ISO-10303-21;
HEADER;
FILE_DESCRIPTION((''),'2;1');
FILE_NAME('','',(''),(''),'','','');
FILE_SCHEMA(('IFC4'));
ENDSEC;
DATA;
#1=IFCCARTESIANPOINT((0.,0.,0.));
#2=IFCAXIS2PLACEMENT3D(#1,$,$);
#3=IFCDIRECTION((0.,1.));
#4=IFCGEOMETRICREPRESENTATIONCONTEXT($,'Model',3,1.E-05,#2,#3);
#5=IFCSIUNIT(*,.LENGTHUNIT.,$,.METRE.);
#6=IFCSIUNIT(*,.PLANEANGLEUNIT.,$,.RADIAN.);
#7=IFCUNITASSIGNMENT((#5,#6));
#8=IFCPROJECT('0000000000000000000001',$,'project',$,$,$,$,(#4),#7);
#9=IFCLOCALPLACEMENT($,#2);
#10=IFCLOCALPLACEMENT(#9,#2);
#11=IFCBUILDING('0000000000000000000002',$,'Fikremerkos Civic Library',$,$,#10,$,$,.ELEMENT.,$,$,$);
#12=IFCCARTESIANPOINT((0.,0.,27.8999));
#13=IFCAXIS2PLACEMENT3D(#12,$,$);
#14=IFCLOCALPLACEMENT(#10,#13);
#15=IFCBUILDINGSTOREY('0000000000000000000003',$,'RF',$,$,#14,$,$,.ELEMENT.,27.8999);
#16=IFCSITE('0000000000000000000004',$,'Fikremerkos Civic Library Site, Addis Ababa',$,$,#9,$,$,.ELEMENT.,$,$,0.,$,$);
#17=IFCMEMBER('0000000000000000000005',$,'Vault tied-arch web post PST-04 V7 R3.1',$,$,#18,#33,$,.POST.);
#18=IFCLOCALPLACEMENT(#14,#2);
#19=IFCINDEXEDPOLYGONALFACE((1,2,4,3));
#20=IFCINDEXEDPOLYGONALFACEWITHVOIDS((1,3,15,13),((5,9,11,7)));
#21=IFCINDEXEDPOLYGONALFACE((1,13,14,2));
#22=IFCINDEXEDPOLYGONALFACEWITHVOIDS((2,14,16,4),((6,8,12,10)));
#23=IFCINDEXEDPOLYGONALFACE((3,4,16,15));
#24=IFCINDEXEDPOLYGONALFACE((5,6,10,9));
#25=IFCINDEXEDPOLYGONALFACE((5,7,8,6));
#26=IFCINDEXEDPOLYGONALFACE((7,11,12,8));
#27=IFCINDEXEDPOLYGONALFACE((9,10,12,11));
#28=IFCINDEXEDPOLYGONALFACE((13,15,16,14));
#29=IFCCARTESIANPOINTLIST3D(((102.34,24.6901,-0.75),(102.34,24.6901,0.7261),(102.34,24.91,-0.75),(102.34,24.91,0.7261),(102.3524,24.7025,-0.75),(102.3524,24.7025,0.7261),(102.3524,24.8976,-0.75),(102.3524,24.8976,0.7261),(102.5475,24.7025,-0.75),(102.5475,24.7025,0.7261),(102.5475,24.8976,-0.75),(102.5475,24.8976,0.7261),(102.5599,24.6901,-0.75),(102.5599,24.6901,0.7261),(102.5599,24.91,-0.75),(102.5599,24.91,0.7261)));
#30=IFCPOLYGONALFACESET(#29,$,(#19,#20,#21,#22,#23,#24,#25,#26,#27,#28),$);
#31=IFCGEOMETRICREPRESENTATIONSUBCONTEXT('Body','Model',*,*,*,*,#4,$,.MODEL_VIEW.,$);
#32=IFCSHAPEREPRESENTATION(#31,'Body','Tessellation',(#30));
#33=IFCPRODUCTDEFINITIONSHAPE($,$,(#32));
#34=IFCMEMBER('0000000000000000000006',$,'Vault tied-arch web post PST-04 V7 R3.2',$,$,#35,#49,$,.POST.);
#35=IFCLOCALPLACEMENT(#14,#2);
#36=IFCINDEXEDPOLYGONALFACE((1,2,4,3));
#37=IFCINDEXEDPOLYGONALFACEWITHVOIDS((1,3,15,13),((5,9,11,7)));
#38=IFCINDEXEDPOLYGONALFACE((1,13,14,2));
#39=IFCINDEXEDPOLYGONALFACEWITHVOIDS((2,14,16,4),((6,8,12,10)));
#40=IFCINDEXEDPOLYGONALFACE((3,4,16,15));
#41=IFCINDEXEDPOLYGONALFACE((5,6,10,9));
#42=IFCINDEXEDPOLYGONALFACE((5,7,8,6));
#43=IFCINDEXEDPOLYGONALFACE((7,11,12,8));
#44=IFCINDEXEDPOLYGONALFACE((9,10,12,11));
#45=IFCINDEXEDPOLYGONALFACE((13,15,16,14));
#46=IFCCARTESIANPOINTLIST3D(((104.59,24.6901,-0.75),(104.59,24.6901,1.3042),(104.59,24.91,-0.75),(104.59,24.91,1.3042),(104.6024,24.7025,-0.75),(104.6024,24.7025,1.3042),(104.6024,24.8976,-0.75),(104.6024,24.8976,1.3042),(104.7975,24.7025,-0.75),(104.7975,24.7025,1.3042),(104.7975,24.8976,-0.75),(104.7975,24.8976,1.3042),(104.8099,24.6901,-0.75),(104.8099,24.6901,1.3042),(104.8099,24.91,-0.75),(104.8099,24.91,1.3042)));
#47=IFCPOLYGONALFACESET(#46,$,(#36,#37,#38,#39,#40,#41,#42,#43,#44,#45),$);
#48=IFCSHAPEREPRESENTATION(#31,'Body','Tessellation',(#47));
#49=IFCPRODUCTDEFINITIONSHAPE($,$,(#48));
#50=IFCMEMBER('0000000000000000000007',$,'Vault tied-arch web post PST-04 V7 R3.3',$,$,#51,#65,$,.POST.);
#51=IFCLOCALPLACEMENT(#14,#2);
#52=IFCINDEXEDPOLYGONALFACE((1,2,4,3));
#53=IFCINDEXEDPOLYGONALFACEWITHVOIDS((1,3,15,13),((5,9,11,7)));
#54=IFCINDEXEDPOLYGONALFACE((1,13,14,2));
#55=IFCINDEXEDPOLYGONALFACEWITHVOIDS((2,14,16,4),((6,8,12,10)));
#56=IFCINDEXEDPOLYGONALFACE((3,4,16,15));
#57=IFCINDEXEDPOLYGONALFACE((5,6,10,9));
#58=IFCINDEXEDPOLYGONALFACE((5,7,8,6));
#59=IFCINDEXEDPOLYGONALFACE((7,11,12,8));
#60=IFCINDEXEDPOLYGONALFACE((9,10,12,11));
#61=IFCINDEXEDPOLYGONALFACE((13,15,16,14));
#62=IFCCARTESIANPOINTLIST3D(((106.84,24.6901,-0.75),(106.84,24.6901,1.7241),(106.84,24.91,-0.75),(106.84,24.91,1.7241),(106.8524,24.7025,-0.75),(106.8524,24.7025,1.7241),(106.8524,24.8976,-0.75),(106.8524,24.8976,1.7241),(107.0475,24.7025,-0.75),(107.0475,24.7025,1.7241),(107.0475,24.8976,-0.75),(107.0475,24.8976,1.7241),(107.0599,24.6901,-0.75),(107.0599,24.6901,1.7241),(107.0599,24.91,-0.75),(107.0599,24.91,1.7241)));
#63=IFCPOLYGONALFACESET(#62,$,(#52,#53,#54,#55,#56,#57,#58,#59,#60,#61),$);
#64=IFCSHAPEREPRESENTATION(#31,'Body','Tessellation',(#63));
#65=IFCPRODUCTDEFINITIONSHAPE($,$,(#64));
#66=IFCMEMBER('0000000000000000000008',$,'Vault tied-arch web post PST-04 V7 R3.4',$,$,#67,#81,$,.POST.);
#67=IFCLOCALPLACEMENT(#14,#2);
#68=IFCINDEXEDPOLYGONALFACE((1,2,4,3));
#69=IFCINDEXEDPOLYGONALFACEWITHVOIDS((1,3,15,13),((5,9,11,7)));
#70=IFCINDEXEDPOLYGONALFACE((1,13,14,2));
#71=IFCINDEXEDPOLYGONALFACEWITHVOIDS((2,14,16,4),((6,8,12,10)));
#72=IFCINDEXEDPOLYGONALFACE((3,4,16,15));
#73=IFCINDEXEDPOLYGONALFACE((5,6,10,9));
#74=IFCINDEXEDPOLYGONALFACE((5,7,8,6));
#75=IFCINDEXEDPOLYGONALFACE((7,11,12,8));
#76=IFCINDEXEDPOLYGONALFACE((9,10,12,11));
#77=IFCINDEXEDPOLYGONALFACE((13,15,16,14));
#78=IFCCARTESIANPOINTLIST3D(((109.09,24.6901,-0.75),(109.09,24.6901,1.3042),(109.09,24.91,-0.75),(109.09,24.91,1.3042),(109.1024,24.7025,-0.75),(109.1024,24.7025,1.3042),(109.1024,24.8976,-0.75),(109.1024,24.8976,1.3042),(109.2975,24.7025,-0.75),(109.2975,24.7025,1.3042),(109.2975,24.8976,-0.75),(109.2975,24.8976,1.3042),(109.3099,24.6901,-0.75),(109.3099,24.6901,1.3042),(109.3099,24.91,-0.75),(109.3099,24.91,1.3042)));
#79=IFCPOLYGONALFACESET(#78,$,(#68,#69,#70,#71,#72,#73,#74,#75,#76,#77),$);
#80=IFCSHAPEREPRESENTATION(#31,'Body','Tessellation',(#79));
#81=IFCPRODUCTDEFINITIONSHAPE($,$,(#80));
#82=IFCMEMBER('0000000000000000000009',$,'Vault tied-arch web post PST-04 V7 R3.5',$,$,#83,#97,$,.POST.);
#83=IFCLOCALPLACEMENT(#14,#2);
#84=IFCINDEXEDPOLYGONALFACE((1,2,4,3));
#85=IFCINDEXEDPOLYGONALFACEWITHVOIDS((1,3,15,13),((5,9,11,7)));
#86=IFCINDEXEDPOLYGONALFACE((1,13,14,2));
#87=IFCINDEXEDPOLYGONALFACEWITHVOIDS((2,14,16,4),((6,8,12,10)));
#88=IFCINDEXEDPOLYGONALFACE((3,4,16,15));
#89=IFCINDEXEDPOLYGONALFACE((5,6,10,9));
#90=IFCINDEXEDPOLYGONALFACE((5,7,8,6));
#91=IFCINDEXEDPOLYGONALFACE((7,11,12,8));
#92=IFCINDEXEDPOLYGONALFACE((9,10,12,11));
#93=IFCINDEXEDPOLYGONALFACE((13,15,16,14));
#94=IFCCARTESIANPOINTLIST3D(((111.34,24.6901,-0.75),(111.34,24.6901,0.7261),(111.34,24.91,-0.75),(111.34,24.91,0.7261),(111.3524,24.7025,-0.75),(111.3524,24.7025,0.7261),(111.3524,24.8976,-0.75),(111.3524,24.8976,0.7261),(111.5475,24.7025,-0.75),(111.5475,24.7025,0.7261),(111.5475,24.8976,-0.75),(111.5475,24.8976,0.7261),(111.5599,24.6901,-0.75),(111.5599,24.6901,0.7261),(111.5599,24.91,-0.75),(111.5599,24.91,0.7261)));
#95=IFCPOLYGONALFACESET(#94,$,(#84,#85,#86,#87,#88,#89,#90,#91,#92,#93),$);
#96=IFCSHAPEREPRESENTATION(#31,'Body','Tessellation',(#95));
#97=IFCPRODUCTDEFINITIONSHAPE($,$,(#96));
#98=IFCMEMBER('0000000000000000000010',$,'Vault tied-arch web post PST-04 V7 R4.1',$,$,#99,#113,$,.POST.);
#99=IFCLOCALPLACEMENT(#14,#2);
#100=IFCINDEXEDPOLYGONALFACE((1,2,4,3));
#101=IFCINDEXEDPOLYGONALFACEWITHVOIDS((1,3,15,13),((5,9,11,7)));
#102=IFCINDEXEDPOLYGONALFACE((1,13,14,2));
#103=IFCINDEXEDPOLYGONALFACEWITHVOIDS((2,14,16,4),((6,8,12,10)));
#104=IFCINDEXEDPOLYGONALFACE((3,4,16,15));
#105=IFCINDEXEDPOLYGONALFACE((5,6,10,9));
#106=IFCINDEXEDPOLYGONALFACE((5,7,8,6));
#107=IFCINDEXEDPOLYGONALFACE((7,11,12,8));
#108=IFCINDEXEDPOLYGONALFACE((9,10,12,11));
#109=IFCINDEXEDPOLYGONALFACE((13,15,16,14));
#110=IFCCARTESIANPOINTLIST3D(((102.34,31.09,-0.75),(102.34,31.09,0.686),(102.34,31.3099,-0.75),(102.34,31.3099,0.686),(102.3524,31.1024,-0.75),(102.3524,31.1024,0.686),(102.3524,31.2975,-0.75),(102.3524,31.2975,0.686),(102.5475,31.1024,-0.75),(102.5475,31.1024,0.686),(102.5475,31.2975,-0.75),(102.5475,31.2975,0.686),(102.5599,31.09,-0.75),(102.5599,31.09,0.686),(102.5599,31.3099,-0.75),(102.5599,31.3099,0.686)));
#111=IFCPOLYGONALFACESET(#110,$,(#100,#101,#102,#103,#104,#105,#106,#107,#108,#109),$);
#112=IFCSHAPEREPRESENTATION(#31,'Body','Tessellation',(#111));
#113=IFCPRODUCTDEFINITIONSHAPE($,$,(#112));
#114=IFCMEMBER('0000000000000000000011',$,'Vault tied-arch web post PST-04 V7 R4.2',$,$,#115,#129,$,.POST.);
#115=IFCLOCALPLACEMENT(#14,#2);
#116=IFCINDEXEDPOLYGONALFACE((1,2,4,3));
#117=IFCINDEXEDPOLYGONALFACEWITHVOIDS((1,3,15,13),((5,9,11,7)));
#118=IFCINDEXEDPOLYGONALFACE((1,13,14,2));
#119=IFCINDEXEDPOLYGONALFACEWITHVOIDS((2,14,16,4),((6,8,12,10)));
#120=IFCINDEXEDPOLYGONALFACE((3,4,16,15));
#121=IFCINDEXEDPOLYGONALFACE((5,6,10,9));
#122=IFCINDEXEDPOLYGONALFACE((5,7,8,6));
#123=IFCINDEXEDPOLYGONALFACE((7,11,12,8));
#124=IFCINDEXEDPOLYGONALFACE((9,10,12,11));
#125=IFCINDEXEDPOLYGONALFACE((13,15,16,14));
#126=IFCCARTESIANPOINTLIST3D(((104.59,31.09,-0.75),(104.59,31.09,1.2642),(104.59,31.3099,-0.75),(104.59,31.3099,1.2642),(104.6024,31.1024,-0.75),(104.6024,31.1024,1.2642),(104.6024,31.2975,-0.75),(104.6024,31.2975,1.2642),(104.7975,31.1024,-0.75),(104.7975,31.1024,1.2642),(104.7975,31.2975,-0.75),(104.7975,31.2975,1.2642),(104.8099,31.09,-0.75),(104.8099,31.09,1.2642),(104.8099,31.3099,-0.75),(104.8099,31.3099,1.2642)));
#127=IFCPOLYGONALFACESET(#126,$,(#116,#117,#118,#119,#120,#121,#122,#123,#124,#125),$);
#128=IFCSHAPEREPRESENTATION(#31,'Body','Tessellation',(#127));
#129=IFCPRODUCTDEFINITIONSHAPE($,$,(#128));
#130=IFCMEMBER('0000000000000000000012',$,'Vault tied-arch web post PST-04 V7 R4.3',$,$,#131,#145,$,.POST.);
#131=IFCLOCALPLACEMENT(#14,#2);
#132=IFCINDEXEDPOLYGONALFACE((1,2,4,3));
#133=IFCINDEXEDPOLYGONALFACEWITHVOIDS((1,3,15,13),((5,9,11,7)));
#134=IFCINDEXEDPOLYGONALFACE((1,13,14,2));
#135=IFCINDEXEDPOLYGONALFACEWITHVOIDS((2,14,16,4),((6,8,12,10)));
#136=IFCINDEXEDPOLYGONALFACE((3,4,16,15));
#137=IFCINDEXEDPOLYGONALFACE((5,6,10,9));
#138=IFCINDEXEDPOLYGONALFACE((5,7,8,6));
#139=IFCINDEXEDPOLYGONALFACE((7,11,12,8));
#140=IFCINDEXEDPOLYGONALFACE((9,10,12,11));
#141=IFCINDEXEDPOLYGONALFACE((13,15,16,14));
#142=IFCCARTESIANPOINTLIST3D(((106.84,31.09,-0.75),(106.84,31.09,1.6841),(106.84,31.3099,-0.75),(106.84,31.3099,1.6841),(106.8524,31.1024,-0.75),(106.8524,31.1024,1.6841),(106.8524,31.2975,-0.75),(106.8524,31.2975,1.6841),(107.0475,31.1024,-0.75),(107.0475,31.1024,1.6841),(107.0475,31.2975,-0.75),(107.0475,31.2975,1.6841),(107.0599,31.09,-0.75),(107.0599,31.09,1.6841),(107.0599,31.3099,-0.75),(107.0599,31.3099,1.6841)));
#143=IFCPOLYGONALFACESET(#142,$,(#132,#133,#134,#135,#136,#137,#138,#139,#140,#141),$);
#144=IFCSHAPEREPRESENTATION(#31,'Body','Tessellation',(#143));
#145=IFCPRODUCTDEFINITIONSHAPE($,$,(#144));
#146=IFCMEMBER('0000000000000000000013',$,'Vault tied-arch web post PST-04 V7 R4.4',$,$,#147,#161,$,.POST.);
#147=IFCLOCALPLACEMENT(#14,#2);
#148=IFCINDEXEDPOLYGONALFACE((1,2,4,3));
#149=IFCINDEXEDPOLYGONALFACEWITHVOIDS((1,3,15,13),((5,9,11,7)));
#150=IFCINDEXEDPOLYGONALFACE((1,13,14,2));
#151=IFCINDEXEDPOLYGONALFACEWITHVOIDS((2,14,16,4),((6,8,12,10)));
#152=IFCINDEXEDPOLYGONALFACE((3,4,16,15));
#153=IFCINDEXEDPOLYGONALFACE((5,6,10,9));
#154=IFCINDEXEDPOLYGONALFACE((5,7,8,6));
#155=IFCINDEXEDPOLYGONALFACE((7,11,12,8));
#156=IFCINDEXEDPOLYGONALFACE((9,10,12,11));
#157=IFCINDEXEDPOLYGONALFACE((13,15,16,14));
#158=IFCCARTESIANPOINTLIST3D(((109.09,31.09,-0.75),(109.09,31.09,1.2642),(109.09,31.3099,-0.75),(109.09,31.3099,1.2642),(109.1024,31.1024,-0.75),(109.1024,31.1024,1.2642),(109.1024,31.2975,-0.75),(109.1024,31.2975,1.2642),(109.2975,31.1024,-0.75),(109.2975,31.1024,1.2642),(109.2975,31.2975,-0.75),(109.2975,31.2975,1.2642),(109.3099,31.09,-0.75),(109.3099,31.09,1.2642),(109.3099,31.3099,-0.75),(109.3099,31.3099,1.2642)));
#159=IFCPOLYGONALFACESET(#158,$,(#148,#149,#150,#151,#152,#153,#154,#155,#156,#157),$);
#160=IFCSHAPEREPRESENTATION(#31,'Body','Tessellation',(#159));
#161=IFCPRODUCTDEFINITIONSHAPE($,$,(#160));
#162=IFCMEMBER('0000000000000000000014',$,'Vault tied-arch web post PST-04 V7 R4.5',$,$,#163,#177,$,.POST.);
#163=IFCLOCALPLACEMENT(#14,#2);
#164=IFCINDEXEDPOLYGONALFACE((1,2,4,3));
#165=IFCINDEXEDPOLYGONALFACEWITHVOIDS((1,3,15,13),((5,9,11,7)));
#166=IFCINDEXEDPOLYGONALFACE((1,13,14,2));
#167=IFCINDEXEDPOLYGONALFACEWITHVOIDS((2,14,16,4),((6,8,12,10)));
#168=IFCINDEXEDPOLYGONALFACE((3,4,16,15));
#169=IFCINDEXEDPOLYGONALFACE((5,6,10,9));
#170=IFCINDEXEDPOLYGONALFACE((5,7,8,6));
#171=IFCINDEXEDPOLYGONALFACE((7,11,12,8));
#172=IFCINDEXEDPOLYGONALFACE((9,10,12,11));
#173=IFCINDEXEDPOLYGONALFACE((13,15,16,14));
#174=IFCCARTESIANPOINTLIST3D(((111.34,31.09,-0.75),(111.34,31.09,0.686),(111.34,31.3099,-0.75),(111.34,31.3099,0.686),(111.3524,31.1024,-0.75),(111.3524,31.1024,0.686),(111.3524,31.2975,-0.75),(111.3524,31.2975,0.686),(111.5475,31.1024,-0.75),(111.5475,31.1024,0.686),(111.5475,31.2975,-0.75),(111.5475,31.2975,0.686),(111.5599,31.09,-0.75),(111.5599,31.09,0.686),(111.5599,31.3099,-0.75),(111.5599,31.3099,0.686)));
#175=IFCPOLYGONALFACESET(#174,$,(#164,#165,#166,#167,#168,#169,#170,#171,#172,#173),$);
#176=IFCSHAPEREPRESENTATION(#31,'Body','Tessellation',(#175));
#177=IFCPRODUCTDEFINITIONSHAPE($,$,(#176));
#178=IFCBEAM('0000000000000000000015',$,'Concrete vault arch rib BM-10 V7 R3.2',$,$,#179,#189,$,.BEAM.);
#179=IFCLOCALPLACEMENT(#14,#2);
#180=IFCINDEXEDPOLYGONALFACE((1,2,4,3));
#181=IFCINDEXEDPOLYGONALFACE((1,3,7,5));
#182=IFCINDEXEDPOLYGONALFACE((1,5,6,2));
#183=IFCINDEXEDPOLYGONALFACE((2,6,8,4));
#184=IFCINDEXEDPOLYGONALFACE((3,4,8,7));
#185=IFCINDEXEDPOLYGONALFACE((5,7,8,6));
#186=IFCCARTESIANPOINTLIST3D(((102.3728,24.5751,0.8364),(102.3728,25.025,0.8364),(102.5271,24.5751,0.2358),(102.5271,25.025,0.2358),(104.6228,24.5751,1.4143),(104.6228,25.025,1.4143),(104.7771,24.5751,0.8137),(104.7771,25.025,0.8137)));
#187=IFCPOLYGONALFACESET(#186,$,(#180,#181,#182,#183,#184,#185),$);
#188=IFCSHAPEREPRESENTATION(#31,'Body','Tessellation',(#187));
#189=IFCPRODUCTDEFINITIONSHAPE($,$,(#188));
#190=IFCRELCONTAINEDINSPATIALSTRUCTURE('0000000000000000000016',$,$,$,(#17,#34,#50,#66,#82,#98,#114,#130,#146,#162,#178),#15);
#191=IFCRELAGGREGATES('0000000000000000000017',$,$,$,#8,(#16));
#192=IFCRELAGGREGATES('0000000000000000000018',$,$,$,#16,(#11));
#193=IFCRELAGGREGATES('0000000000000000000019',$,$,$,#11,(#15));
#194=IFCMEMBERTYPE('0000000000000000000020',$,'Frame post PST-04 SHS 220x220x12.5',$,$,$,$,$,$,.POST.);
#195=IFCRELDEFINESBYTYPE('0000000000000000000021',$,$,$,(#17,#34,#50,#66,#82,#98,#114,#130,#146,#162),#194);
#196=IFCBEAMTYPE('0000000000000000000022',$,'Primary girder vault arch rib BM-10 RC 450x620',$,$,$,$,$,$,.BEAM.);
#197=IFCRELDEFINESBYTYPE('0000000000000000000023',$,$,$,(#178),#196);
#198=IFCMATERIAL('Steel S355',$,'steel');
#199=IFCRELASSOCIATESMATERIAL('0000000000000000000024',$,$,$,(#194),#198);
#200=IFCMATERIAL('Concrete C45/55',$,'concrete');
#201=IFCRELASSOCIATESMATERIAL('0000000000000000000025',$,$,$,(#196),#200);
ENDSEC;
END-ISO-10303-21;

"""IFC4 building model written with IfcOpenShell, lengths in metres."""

from ifc_helpers import new_model, si_unit, direction, frame, origin, origin_2d, place, context, subcontext, project, spatial, rectangle, hollow_rectangle, extrude, material, material_profile, profile_set, type_object, element, save


model = new_model("IFC4")

# Units and contexts
model_context = context("Model", 3, precision=1e-05, world=origin(), true_north=direction((0.0, 1.0)))
body_context = subcontext(model_context, "Body", "Model", "MODEL_VIEW")
ifc_project = project(units=[si_unit("LENGTHUNIT", "METRE"), si_unit("PLANEANGLEUNIT", "RADIAN")], contexts=[model_context])

# Site, building, storey
site_placement = place(None, origin())
site = spatial("IfcSite", under=ifc_project, at=site_placement, Name="Fikremerkos Civic Library Site, Addis Ababa", CompositionType="ELEMENT", RefElevation=0.0)
building_placement = place(site_placement, origin())
building = spatial("IfcBuilding", under=site, at=building_placement, Name="Fikremerkos Civic Library", CompositionType="ELEMENT")
storey_placement = place(building_placement, frame((0.0, 0.0, 27.8999)))
storey = spatial("IfcBuildingStorey", under=building, at=storey_placement, Name="RF", CompositionType="ELEMENT", Elevation=27.8999)

# Members
ifc_material_1 = material(Name="Steel S355", Category="steel")
ifc_material_profile_1 = material_profile(ifc_material_1, hollow_rectangle(XDim=0.22, YDim=0.22, WallThickness=0.0125, at=origin_2d()), Name="SHS 220x220x12.5")
ifc_profile_set_1 = profile_set([ifc_material_profile_1], Name="Steel S355")
member_type = type_object("IfcMemberType", Name="Frame post PST-04 SHS 220x220x12.5", PredefinedType="POST", material=ifc_profile_set_1)
member_1_placement = place(storey_placement, frame((102.45, 24.8, -0.75), z_axis=(0.0, 0.0, 1.0), x_axis=(1.0, 0.0, 0.0)))
element("IfcMember", 1, at=member_1_placement, inside=storey, type_object=member_type, Name="Vault tied-arch web post PST-04 V7 R3.1", PredefinedType="POST", context=body_context, shape_type="SweptSolid", body=[
    extrude(hollow_rectangle(XDim=0.22, YDim=0.22, WallThickness=0.0125, at=origin_2d()), origin(), (0.0, 0.0, 1.0), 1.4761),
])
member_2_placement = place(storey_placement, frame((104.7, 24.8, -0.75), z_axis=(0.0, 0.0, 1.0), x_axis=(1.0, 0.0, 0.0)))
element("IfcMember", 2, at=member_2_placement, inside=storey, type_object=member_type, Name="Vault tied-arch web post PST-04 V7 R3.2", PredefinedType="POST", context=body_context, shape_type="SweptSolid", body=[
    extrude(hollow_rectangle(XDim=0.22, YDim=0.22, WallThickness=0.0125, at=origin_2d()), origin(), (0.0, 0.0, 1.0), 2.0542),
])
member_3_placement = place(storey_placement, frame((106.95, 24.8, -0.75), z_axis=(0.0, 0.0, 1.0), x_axis=(1.0, 0.0, 0.0)))
element("IfcMember", 3, at=member_3_placement, inside=storey, type_object=member_type, Name="Vault tied-arch web post PST-04 V7 R3.3", PredefinedType="POST", context=body_context, shape_type="SweptSolid", body=[
    extrude(hollow_rectangle(XDim=0.22, YDim=0.22, WallThickness=0.0125, at=origin_2d()), origin(), (0.0, 0.0, 1.0), 2.4741),
])
member_4_placement = place(storey_placement, frame((109.2, 24.8, -0.75), z_axis=(0.0, 0.0, 1.0), x_axis=(1.0, 0.0, 0.0)))
element("IfcMember", 4, at=member_4_placement, inside=storey, type_object=member_type, Name="Vault tied-arch web post PST-04 V7 R3.4", PredefinedType="POST", context=body_context, shape_type="SweptSolid", body=[
    extrude(hollow_rectangle(XDim=0.22, YDim=0.22, WallThickness=0.0125, at=origin_2d()), origin(), (0.0, 0.0, 1.0), 2.0542),
])
member_5_placement = place(storey_placement, frame((111.45, 24.8, -0.75), z_axis=(0.0, 0.0, 1.0), x_axis=(1.0, 0.0, 0.0)))
element("IfcMember", 5, at=member_5_placement, inside=storey, type_object=member_type, Name="Vault tied-arch web post PST-04 V7 R3.5", PredefinedType="POST", context=body_context, shape_type="SweptSolid", body=[
    extrude(hollow_rectangle(XDim=0.22, YDim=0.22, WallThickness=0.0125, at=origin_2d()), origin(), (0.0, 0.0, 1.0), 1.4761),
])
member_6_placement = place(storey_placement, frame((102.45, 31.2, -0.75), z_axis=(0.0, 0.0, 1.0), x_axis=(1.0, 0.0, 0.0)))
element("IfcMember", 6, at=member_6_placement, inside=storey, type_object=member_type, Name="Vault tied-arch web post PST-04 V7 R4.1", PredefinedType="POST", context=body_context, shape_type="SweptSolid", body=[
    extrude(hollow_rectangle(XDim=0.22, YDim=0.22, WallThickness=0.0125, at=origin_2d()), origin(), (0.0, 0.0, 1.0), 1.436),
])
member_7_placement = place(storey_placement, frame((104.7, 31.2, -0.75), z_axis=(0.0, 0.0, 1.0), x_axis=(1.0, 0.0, 0.0)))
element("IfcMember", 7, at=member_7_placement, inside=storey, type_object=member_type, Name="Vault tied-arch web post PST-04 V7 R4.2", PredefinedType="POST", context=body_context, shape_type="SweptSolid", body=[
    extrude(hollow_rectangle(XDim=0.22, YDim=0.22, WallThickness=0.0125, at=origin_2d()), origin(), (0.0, 0.0, 1.0), 2.0142),
])
member_8_placement = place(storey_placement, frame((106.95, 31.2, -0.75), z_axis=(0.0, 0.0, 1.0), x_axis=(1.0, 0.0, 0.0)))
element("IfcMember", 8, at=member_8_placement, inside=storey, type_object=member_type, Name="Vault tied-arch web post PST-04 V7 R4.3", PredefinedType="POST", context=body_context, shape_type="SweptSolid", body=[
    extrude(hollow_rectangle(XDim=0.22, YDim=0.22, WallThickness=0.0125, at=origin_2d()), origin(), (0.0, 0.0, 1.0), 2.4341),
])
member_9_placement = place(storey_placement, frame((109.2, 31.2, -0.75), z_axis=(0.0, 0.0, 1.0), x_axis=(1.0, 0.0, 0.0)))
element("IfcMember", 9, at=member_9_placement, inside=storey, type_object=member_type, Name="Vault tied-arch web post PST-04 V7 R4.4", PredefinedType="POST", context=body_context, shape_type="SweptSolid", body=[
    extrude(hollow_rectangle(XDim=0.22, YDim=0.22, WallThickness=0.0125, at=origin_2d()), origin(), (0.0, 0.0, 1.0), 2.0142),
])
member_10_placement = place(storey_placement, frame((111.45, 31.2, -0.75), z_axis=(0.0, 0.0, 1.0), x_axis=(1.0, 0.0, 0.0)))
element("IfcMember", 10, at=member_10_placement, inside=storey, type_object=member_type, Name="Vault tied-arch web post PST-04 V7 R4.5", PredefinedType="POST", context=body_context, shape_type="SweptSolid", body=[
    extrude(hollow_rectangle(XDim=0.22, YDim=0.22, WallThickness=0.0125, at=origin_2d()), origin(), (0.0, 0.0, 1.0), 1.436),
])

# Beam
ifc_material_2 = material(Name="Concrete C45/55", Category="concrete")
ifc_material_profile_2 = material_profile(ifc_material_2, rectangle(XDim=0.45, YDim=0.6201, at=origin_2d()), Name="RC 450x620")
ifc_profile_set_2 = profile_set([ifc_material_profile_2], Name="Concrete C45/55")
beam_type_1 = type_object("IfcBeamType", Name="Primary girder vault arch rib BM-10 RC 450x620", PredefinedType="BEAM", material=ifc_profile_set_2)
beam_1_placement = place(storey_placement, frame((102.45, 24.8, 0.5361), z_axis=(0.968565, 0.0, 0.248762), x_axis=(0.0, 1.0, 0.0)))
element("IfcBeam", 11, at=beam_1_placement, inside=storey, type_object=beam_type_1, Name="Concrete vault arch rib BM-10 V7 R3.2", PredefinedType="BEAM", context=body_context, shape_type="SweptSolid", body=[
    extrude(rectangle(XDim=0.45, YDim=0.6201, at=origin_2d()), origin(), (0.0, 0.0, 1.0), 2.323),
])

save(model, "model.ifc")
